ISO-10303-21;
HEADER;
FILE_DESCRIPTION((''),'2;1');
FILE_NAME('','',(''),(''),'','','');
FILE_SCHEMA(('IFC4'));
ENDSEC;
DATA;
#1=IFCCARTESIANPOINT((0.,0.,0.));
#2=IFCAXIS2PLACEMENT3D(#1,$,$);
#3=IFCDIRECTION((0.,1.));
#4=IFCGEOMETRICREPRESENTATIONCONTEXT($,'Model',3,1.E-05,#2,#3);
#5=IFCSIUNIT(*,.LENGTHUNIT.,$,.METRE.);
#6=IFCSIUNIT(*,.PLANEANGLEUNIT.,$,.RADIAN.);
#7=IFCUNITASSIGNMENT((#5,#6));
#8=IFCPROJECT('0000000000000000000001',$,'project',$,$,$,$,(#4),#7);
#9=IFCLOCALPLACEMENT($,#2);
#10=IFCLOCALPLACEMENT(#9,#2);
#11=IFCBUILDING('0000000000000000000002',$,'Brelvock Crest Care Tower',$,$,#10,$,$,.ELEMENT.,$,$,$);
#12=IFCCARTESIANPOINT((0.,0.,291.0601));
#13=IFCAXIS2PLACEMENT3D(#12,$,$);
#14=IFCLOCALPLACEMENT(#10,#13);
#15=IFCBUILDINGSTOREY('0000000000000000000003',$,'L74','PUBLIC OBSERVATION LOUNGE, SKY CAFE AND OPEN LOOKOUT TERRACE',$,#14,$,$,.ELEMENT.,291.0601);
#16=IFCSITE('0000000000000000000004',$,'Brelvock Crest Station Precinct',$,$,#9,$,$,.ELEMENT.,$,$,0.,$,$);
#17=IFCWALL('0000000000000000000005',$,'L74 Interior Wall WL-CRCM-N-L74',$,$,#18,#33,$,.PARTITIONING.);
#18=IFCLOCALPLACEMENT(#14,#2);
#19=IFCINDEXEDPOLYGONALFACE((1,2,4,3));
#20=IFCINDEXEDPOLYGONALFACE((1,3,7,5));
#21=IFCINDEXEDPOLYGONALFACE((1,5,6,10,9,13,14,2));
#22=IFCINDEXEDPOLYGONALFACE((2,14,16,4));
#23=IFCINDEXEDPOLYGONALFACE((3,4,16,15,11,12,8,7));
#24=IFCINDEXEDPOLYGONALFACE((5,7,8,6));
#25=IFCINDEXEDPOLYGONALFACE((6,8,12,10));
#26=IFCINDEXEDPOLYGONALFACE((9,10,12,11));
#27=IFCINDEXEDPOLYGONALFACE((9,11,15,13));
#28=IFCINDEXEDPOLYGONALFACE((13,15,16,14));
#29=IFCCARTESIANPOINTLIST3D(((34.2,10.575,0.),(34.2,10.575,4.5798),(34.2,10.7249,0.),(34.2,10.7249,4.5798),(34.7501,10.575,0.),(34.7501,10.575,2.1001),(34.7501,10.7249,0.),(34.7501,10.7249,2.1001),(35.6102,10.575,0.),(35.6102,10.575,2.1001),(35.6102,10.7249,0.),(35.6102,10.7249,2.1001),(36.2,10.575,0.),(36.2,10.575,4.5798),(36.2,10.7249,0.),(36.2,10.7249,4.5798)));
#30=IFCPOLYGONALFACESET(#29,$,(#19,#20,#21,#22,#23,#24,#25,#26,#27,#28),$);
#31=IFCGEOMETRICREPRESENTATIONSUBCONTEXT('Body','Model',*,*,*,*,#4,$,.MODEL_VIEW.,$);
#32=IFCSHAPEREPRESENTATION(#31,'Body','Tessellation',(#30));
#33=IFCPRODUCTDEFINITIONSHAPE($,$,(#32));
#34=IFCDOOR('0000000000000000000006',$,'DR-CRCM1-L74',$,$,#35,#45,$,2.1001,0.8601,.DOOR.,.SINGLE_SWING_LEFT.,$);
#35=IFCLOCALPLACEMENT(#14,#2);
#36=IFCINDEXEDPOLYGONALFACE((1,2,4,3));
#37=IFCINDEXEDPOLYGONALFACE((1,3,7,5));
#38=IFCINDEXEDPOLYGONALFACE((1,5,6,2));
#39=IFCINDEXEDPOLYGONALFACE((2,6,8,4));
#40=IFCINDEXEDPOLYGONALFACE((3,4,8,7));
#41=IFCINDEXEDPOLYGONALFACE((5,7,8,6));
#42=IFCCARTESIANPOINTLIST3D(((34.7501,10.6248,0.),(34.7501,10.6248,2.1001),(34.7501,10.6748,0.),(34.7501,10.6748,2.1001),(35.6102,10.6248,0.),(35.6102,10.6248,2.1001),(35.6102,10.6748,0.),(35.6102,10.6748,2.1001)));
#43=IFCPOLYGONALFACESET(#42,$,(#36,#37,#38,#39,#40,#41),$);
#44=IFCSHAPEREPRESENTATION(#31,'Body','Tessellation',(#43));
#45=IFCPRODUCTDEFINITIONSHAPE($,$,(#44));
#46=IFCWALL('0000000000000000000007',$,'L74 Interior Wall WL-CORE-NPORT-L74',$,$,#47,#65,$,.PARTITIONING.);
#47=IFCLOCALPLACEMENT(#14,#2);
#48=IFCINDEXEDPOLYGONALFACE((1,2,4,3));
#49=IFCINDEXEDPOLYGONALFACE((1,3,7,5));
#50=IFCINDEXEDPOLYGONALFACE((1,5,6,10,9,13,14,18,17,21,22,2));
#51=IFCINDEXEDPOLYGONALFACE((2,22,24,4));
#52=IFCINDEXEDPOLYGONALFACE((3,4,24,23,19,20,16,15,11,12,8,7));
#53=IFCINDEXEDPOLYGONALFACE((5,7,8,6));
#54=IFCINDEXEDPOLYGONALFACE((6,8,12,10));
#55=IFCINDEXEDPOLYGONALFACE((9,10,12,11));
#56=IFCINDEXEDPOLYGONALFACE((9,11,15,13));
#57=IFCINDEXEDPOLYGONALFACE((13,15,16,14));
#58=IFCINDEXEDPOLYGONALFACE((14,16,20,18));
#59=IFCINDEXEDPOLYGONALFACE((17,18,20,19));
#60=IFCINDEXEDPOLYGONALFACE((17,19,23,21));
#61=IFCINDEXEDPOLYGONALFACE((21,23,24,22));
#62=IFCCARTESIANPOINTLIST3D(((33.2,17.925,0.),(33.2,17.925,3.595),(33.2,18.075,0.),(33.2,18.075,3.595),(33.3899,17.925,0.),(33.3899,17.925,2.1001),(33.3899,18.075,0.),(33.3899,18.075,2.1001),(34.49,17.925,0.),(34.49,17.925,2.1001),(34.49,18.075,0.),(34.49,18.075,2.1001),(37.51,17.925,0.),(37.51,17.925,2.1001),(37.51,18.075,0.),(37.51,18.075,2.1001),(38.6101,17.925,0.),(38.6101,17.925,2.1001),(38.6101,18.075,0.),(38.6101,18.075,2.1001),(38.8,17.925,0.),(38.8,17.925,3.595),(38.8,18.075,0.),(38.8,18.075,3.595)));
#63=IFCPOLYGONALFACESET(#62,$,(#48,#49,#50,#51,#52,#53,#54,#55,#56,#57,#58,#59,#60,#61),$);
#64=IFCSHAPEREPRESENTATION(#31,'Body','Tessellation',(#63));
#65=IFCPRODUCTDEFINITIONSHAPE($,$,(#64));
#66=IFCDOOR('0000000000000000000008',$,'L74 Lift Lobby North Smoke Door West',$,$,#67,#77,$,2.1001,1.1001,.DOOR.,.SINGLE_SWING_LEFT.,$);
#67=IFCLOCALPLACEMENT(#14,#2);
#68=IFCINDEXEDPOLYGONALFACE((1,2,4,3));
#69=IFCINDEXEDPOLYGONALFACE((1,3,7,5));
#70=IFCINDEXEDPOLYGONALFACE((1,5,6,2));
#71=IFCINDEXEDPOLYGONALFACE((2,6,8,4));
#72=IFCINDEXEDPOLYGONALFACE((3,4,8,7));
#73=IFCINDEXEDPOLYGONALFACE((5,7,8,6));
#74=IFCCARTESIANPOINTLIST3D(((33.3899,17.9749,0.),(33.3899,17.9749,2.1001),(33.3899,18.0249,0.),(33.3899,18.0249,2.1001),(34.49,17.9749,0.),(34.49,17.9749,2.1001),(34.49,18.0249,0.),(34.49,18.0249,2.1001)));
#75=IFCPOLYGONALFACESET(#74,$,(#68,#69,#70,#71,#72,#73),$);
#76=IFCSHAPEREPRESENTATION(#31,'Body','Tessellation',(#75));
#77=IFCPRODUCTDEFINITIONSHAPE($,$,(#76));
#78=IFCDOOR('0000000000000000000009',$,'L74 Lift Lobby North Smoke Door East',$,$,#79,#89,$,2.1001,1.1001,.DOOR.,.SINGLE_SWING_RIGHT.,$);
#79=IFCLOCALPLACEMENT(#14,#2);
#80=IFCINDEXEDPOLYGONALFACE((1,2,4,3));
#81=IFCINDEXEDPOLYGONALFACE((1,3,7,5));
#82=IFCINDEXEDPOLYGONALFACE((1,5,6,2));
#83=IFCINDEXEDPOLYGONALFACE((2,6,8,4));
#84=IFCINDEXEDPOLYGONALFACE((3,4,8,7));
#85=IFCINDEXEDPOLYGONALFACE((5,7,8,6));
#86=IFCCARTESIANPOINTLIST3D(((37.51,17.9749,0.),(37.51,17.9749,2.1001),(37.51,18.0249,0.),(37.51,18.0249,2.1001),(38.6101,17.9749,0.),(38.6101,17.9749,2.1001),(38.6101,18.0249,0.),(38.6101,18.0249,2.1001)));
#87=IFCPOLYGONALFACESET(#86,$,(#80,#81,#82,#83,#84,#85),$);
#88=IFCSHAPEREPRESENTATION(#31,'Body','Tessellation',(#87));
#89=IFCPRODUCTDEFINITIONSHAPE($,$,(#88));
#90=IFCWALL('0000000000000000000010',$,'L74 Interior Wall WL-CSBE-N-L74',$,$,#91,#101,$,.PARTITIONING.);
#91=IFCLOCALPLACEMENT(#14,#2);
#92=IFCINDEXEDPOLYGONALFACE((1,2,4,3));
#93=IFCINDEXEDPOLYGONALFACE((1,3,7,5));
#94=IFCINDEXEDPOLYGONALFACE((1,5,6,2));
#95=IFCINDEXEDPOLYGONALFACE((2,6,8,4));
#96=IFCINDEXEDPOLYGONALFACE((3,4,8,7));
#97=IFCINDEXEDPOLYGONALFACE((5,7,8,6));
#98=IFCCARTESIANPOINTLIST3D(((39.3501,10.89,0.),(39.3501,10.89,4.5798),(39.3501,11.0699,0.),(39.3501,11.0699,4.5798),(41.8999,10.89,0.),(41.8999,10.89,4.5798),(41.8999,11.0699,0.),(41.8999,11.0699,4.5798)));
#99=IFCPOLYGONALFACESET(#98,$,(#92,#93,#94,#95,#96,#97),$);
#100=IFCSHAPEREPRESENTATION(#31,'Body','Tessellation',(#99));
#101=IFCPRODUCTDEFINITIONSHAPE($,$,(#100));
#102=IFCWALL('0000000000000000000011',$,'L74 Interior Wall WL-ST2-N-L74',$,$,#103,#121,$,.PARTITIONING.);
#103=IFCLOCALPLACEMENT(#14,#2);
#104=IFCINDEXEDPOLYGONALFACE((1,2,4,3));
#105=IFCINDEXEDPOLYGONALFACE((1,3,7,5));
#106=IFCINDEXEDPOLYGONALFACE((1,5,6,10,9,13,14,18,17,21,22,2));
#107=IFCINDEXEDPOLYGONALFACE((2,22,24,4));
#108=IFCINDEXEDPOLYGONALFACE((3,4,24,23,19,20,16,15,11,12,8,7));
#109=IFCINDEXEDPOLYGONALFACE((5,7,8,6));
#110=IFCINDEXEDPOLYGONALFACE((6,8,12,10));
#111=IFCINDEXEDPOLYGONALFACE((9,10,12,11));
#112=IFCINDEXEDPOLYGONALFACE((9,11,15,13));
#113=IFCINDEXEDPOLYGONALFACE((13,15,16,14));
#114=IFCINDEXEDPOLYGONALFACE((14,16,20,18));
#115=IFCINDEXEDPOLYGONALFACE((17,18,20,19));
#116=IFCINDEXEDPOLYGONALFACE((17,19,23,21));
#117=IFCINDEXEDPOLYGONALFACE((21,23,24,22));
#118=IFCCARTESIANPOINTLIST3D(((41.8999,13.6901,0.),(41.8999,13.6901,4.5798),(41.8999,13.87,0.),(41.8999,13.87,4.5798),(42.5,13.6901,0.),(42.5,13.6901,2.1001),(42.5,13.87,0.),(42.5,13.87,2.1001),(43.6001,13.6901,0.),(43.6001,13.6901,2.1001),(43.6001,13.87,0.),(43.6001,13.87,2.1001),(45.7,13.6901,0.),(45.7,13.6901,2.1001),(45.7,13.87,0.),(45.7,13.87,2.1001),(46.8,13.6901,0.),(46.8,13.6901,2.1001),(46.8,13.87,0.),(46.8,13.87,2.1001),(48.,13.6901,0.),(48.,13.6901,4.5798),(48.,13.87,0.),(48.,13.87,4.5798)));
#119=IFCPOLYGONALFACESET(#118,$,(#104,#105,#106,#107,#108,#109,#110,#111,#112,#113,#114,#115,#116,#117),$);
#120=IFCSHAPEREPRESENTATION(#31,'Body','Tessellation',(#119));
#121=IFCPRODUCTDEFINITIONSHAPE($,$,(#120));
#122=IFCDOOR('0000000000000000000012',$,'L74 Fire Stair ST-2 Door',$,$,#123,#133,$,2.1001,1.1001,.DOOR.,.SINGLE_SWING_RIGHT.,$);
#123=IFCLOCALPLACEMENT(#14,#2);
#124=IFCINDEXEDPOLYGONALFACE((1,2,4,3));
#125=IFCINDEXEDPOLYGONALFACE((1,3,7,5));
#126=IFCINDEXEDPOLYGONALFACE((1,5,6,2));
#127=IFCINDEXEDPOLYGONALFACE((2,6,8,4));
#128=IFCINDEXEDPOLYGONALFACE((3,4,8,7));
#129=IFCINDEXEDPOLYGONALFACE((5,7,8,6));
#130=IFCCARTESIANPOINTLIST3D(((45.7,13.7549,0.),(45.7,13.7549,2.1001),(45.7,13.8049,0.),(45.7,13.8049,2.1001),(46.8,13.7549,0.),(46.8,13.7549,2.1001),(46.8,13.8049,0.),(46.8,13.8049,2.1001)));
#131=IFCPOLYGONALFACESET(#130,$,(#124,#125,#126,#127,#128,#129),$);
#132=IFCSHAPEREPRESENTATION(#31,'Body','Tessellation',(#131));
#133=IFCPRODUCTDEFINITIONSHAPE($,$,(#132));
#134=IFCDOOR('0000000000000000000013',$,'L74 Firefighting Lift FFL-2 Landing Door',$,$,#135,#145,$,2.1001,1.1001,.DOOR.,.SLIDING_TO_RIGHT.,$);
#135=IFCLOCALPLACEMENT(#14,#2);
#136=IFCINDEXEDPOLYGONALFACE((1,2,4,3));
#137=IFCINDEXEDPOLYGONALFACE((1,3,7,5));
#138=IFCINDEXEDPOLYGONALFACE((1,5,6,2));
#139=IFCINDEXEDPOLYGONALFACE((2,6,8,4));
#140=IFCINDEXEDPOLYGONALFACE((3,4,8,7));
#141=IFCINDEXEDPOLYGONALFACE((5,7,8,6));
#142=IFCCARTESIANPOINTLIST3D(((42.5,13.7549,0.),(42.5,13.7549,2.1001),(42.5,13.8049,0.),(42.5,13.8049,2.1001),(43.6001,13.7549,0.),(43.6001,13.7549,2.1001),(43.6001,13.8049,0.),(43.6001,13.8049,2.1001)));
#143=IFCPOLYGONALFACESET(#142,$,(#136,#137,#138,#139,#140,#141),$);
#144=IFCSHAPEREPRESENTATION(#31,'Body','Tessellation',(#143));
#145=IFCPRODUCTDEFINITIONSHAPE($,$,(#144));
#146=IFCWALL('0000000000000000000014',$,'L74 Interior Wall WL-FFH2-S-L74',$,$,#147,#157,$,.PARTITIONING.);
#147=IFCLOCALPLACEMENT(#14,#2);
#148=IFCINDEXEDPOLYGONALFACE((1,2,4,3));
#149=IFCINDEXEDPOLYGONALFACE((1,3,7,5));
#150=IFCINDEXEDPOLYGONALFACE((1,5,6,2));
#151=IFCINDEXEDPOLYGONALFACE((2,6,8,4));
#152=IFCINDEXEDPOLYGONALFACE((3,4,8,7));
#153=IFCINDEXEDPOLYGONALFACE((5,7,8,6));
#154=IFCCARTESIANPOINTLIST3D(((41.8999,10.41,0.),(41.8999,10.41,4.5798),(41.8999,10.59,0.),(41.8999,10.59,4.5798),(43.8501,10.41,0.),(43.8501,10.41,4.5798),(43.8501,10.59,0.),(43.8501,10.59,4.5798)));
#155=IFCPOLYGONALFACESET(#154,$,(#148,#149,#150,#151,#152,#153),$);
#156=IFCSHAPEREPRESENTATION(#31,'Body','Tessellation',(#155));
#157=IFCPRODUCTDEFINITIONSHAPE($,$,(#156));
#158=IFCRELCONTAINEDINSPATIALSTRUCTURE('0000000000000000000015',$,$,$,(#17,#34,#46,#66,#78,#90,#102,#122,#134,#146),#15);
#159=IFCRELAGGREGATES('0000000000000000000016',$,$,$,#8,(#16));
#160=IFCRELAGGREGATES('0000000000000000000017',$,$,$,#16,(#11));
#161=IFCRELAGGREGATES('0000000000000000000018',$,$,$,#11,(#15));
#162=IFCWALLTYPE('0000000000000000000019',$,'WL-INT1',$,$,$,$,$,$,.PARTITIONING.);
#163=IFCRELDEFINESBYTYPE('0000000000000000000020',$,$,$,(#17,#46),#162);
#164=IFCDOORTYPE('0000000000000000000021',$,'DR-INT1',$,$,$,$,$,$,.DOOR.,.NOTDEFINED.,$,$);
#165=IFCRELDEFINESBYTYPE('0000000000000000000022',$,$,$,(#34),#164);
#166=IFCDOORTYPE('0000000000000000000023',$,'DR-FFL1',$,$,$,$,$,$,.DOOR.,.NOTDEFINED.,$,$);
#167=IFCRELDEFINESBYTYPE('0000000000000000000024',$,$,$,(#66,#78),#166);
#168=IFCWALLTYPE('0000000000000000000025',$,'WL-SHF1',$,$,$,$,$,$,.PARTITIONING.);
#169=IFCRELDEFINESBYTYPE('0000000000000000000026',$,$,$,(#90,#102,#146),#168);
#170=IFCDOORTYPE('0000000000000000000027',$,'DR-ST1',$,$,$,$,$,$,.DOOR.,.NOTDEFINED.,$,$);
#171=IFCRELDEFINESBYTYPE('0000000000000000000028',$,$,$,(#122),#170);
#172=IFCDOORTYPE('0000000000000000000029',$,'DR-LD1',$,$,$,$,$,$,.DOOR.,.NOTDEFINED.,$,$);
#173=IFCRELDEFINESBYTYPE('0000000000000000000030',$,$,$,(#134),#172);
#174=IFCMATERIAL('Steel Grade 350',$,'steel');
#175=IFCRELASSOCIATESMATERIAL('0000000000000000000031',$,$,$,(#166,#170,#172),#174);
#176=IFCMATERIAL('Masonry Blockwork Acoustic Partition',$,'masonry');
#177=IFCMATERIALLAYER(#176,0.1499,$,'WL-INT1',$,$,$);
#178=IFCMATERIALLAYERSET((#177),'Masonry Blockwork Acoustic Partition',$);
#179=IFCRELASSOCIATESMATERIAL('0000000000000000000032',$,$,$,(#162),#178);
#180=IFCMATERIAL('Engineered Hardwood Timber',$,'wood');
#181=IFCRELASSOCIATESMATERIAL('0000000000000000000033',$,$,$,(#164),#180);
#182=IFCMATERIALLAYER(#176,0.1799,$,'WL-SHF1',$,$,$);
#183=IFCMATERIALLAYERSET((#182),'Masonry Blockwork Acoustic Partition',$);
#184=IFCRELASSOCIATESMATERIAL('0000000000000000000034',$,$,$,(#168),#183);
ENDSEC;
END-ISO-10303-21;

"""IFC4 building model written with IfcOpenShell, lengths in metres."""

from ifc_helpers import new_model, si_unit, direction, frame, frame_2d, origin, origin_2d, place, context, subcontext, project, spatial, rectangle, extrude, source, transform, mapped, material, layer, layer_set, type_object, element, fill, save


model = new_model("IFC4")

# Units and contexts
model_context = context("Model", 3, precision=1e-05, world=origin(), true_north=direction((0.0, 1.0)))
body_context = subcontext(model_context, "Body", "Model", "MODEL_VIEW")
ifc_project = project(units=[si_unit("LENGTHUNIT", "METRE"), si_unit("PLANEANGLEUNIT", "RADIAN")], contexts=[model_context])

# Site, building, storey
site_placement = place(None, origin())
site = spatial("IfcSite", under=ifc_project, at=site_placement, Name="Brelvock Crest Station Precinct", CompositionType="ELEMENT", RefElevation=0.0)
building_placement = place(site_placement, origin())
building = spatial("IfcBuilding", under=site, at=building_placement, Name="Brelvock Crest Care Tower", CompositionType="ELEMENT")
storey_placement = place(building_placement, frame((0.0, 0.0, 291.0601)))
storey = spatial("IfcBuildingStorey", under=building, at=storey_placement, Name="L74", Description="PUBLIC OBSERVATION LOUNGE, SKY CAFE AND OPEN LOOKOUT TERRACE", CompositionType="ELEMENT", Elevation=291.0601)

# Shared definitions
ifc_material_1 = material(Name="Steel Grade 350", Category="steel")

# Wall, opening, door
door_type_1 = type_object("IfcDoorType", Name="DR-FFL1", OperationType="NOTDEFINED", PredefinedType="DOOR", material=ifc_material_1)
shared_shape_1 = source(origin(), body_context, "Body", "SweptSolid", [
    extrude(rectangle(XDim=1.1001, YDim=2.1001, at=origin_2d()), frame((0.55, 0.0249, 1.05), z_axis=(0.0, -1.0, 0.0), x_axis=(1.0, 0.0, 0.0)), (0.0, 0.0, 1.0), 0.05),
])
ifc_material_2 = material(Name="Masonry Blockwork Acoustic Partition", Category="masonry")
ifc_layer_1 = layer(ifc_material_2, 0.1499, Name="WL-INT1")
ifc_layer_set_1 = layer_set([ifc_layer_1], Name="Masonry Blockwork Acoustic Partition")
wall_type_1 = type_object("IfcWallType", Name="WL-INT1", PredefinedType="PARTITIONING", material=ifc_layer_set_1)
ifc_material_3 = material(Name="Engineered Hardwood Timber", Category="wood")
door_type_2 = type_object("IfcDoorType", Name="DR-INT1", OperationType="NOTDEFINED", PredefinedType="DOOR", material=ifc_material_3)
shared_shape_2 = source(origin(), body_context, "Body", "SweptSolid", [
    extrude(rectangle(XDim=0.8601, YDim=2.1001, at=origin_2d()), frame((0.4302, 0.0249, 1.05), z_axis=(0.0, -1.0, 0.0), x_axis=(1.0, 0.0, 0.0)), (0.0, 0.0, 1.0), 0.05),
])
wall_1_placement = place(storey_placement, frame((34.2, 10.6499, 0.0), z_axis=(0.0, 0.0, 1.0), x_axis=(1.0, 0.0, 0.0)))
wall_1 = element("IfcWall", 1, at=wall_1_placement, inside=storey, type_object=wall_type_1, Name="L74 Interior Wall WL-CRCM-N-L74", PredefinedType="PARTITIONING", context=body_context, shape_type="SweptSolid", body=[
    extrude(rectangle(XDim=2.0, YDim=0.1499, at=frame_2d((1.0, 0.0))), origin(), (0.0, 0.0, 1.0), 4.5798),
])
opening_1_placement = place(wall_1_placement, frame((0.55, 0.0, 0.0)))
opening_1 = element("IfcOpeningElement", 2, at=opening_1_placement, cuts=wall_1, PredefinedType="OPENING", context=body_context, shape_type="SweptSolid", body=[
    extrude(rectangle(XDim=0.8601, YDim=2.1001, at=origin_2d()), frame((0.4302, 0.085, 1.05), z_axis=(0.0, -1.0, 0.0), x_axis=(1.0, 0.0, 0.0)), (0.0, 0.0, 1.0), 0.1699),
])
door_1_placement = place(opening_1_placement, origin())
door_1 = element("IfcDoor", 3, at=door_1_placement, inside=storey, type_object=door_type_2, Name="DR-CRCM1-L74", OperationType="SINGLE_SWING_LEFT", OverallHeight=2.1001, OverallWidth=0.8601, PredefinedType="DOOR", context=body_context, shape_type="MappedRepresentation", body=[
    mapped(shared_shape_2, transform((0.0, 0.0, 0.0), x_axis=(1.0, 0.0, 0.0), y_axis=(0.0, 1.0, 0.0), z_axis=(0.0, 0.0, 1.0), scale=1.0)),
])
fill(opening_1, door_1)

# Wall, openings, doors
wall_2_placement = place(storey_placement, frame((33.2, 18.0, 0.0), z_axis=(0.0, 0.0, 1.0), x_axis=(1.0, 0.0, 0.0)))
wall_2 = element("IfcWall", 4, at=wall_2_placement, inside=storey, type_object=wall_type_1, Name="L74 Interior Wall WL-CORE-NPORT-L74", PredefinedType="PARTITIONING", context=body_context, shape_type="SweptSolid", body=[
    extrude(rectangle(XDim=5.6001, YDim=0.1499, at=frame_2d((2.8, 0.0))), origin(), (0.0, 0.0, 1.0), 3.595),
])
opening_2_placement = place(wall_2_placement, frame((0.1899, 0.0, 0.0)))
opening_2 = element("IfcOpeningElement", 5, at=opening_2_placement, cuts=wall_2, PredefinedType="OPENING", context=body_context, shape_type="SweptSolid", body=[
    extrude(rectangle(XDim=1.1001, YDim=2.1001, at=origin_2d()), frame((0.55, 0.085, 1.05), z_axis=(0.0, -1.0, 0.0), x_axis=(1.0, 0.0, 0.0)), (0.0, 0.0, 1.0), 0.1699),
])
opening_3_placement = place(wall_2_placement, frame((4.3101, 0.0, 0.0)))
opening_3 = element("IfcOpeningElement", 6, at=opening_3_placement, cuts=wall_2, PredefinedType="OPENING", context=body_context, shape_type="SweptSolid", body=[
    extrude(rectangle(XDim=1.1001, YDim=2.1001, at=origin_2d()), frame((0.55, 0.085, 1.05), z_axis=(0.0, -1.0, 0.0), x_axis=(1.0, 0.0, 0.0)), (0.0, 0.0, 1.0), 0.1699),
])
door_2_placement = place(opening_2_placement, origin())
door_2 = element("IfcDoor", 7, at=door_2_placement, inside=storey, type_object=door_type_1, Name="L74 Lift Lobby North Smoke Door West", OperationType="SINGLE_SWING_LEFT", OverallHeight=2.1001, OverallWidth=1.1001, PredefinedType="DOOR", context=body_context, shape_type="MappedRepresentation", body=[
    mapped(shared_shape_1, transform((0.0, 0.0, 0.0), x_axis=(1.0, 0.0, 0.0), y_axis=(0.0, 1.0, 0.0), z_axis=(0.0, 0.0, 1.0), scale=1.0)),
])
fill(opening_2, door_2)
door_3_placement = place(opening_3_placement, origin())
door_3 = element("IfcDoor", 8, at=door_3_placement, inside=storey, type_object=door_type_1, Name="L74 Lift Lobby North Smoke Door East", OperationType="SINGLE_SWING_RIGHT", OverallHeight=2.1001, OverallWidth=1.1001, PredefinedType="DOOR", context=body_context, shape_type="MappedRepresentation", body=[
    mapped(shared_shape_1, transform((0.0, 0.0, 0.0), x_axis=(1.0, 0.0, 0.0), y_axis=(0.0, 1.0, 0.0), z_axis=(0.0, 0.0, 1.0), scale=1.0)),
])
fill(opening_3, door_3)

# Wall
ifc_layer_2 = layer(ifc_material_2, 0.1799, Name="WL-SHF1")
ifc_layer_set_2 = layer_set([ifc_layer_2], Name="Masonry Blockwork Acoustic Partition")
wall_type_2 = type_object("IfcWallType", Name="WL-SHF1", PredefinedType="PARTITIONING", material=ifc_layer_set_2)
wall_3_placement = place(storey_placement, frame((39.3501, 10.98, 0.0), z_axis=(0.0, 0.0, 1.0), x_axis=(1.0, 0.0, 0.0)))
element("IfcWall", 9, at=wall_3_placement, inside=storey, type_object=wall_type_2, Name="L74 Interior Wall WL-CSBE-N-L74", PredefinedType="PARTITIONING", context=body_context, shape_type="SweptSolid", body=[
    extrude(rectangle(XDim=2.5498, YDim=0.1799, at=frame_2d((1.2749, 0.0))), origin(), (0.0, 0.0, 1.0), 4.5798),
])

# Wall, openings, doors
wall_4_placement = place(storey_placement, frame((41.8999, 13.78, 0.0), z_axis=(0.0, 0.0, 1.0), x_axis=(1.0, 0.0, 0.0)))
wall_4 = element("IfcWall", 10, at=wall_4_placement, inside=storey, type_object=wall_type_2, Name="L74 Interior Wall WL-ST2-N-L74", PredefinedType="PARTITIONING", context=body_context, shape_type="SweptSolid", body=[
    extrude(rectangle(XDim=6.1001, YDim=0.1799, at=frame_2d((3.05, 0.0))), origin(), (0.0, 0.0, 1.0), 4.5798),
])
opening_4_placement = place(wall_4_placement, frame((0.6001, 0.0, 0.0)))
opening_4 = element("IfcOpeningElement", 11, at=opening_4_placement, cuts=wall_4, PredefinedType="OPENING", context=body_context, shape_type="SweptSolid", body=[
    extrude(rectangle(XDim=1.1001, YDim=2.1001, at=origin_2d()), frame((0.55, 0.1001, 1.05), z_axis=(0.0, -1.0, 0.0), x_axis=(1.0, 0.0, 0.0)), (0.0, 0.0, 1.0), 0.2),
])
opening_5_placement = place(wall_4_placement, frame((3.8, 0.0, 0.0)))
opening_5 = element("IfcOpeningElement", 12, at=opening_5_placement, cuts=wall_4, PredefinedType="OPENING", context=body_context, shape_type="SweptSolid", body=[
    extrude(rectangle(XDim=1.1001, YDim=2.1001, at=origin_2d()), frame((0.55, 0.1001, 1.05), z_axis=(0.0, -1.0, 0.0), x_axis=(1.0, 0.0, 0.0)), (0.0, 0.0, 1.0), 0.2),
])
door_type_3 = type_object("IfcDoorType", Name="DR-ST1", OperationType="NOTDEFINED", PredefinedType="DOOR", material=ifc_material_1)
shared_shape_3 = source(origin(), body_context, "Body", "SweptSolid", [
    extrude(rectangle(XDim=1.1001, YDim=2.1001, at=origin_2d()), frame((0.55, 0.0249, 1.05), z_axis=(0.0, -1.0, 0.0), x_axis=(1.0, 0.0, 0.0)), (0.0, 0.0, 1.0), 0.05),
])
door_4_placement = place(opening_5_placement, origin())
door_4 = element("IfcDoor", 13, at=door_4_placement, inside=storey, type_object=door_type_3, Name="L74 Fire Stair ST-2 Door", OperationType="SINGLE_SWING_RIGHT", OverallHeight=2.1001, OverallWidth=1.1001, PredefinedType="DOOR", context=body_context, shape_type="MappedRepresentation", body=[
    mapped(shared_shape_3, transform((0.0, 0.0, 0.0), x_axis=(1.0, 0.0, 0.0), y_axis=(0.0, 1.0, 0.0), z_axis=(0.0, 0.0, 1.0), scale=1.0)),
])
fill(opening_5, door_4)
door_type_4 = type_object("IfcDoorType", Name="DR-LD1", OperationType="NOTDEFINED", PredefinedType="DOOR", material=ifc_material_1)
shared_shape_4 = source(origin(), body_context, "Body", "SweptSolid", [
    extrude(rectangle(XDim=1.1001, YDim=2.1001, at=origin_2d()), frame((0.55, 0.0249, 1.05), z_axis=(0.0, -1.0, 0.0), x_axis=(1.0, 0.0, 0.0)), (0.0, 0.0, 1.0), 0.05),
])
door_5_placement = place(opening_4_placement, origin())
door_5 = element("IfcDoor", 14, at=door_5_placement, inside=storey, type_object=door_type_4, Name="L74 Firefighting Lift FFL-2 Landing Door", OperationType="SLIDING_TO_RIGHT", OverallHeight=2.1001, OverallWidth=1.1001, PredefinedType="DOOR", context=body_context, shape_type="MappedRepresentation", body=[
    mapped(shared_shape_4, transform((0.0, 0.0, 0.0), x_axis=(1.0, 0.0, 0.0), y_axis=(0.0, 1.0, 0.0), z_axis=(0.0, 0.0, 1.0), scale=1.0)),
])
fill(opening_4, door_5)

# Wall
wall_5_placement = place(storey_placement, frame((41.8999, 10.5, 0.0), z_axis=(0.0, 0.0, 1.0), x_axis=(1.0, 0.0, 0.0)))
element("IfcWall", 15, at=wall_5_placement, inside=storey, type_object=wall_type_2, Name="L74 Interior Wall WL-FFH2-S-L74", PredefinedType="PARTITIONING", context=body_context, shape_type="SweptSolid", body=[
    extrude(rectangle(XDim=1.9502, YDim=0.1799, at=frame_2d((0.9751, 0.0))), origin(), (0.0, 0.0, 1.0), 4.5798),
])

save(model, "model.ifc")
